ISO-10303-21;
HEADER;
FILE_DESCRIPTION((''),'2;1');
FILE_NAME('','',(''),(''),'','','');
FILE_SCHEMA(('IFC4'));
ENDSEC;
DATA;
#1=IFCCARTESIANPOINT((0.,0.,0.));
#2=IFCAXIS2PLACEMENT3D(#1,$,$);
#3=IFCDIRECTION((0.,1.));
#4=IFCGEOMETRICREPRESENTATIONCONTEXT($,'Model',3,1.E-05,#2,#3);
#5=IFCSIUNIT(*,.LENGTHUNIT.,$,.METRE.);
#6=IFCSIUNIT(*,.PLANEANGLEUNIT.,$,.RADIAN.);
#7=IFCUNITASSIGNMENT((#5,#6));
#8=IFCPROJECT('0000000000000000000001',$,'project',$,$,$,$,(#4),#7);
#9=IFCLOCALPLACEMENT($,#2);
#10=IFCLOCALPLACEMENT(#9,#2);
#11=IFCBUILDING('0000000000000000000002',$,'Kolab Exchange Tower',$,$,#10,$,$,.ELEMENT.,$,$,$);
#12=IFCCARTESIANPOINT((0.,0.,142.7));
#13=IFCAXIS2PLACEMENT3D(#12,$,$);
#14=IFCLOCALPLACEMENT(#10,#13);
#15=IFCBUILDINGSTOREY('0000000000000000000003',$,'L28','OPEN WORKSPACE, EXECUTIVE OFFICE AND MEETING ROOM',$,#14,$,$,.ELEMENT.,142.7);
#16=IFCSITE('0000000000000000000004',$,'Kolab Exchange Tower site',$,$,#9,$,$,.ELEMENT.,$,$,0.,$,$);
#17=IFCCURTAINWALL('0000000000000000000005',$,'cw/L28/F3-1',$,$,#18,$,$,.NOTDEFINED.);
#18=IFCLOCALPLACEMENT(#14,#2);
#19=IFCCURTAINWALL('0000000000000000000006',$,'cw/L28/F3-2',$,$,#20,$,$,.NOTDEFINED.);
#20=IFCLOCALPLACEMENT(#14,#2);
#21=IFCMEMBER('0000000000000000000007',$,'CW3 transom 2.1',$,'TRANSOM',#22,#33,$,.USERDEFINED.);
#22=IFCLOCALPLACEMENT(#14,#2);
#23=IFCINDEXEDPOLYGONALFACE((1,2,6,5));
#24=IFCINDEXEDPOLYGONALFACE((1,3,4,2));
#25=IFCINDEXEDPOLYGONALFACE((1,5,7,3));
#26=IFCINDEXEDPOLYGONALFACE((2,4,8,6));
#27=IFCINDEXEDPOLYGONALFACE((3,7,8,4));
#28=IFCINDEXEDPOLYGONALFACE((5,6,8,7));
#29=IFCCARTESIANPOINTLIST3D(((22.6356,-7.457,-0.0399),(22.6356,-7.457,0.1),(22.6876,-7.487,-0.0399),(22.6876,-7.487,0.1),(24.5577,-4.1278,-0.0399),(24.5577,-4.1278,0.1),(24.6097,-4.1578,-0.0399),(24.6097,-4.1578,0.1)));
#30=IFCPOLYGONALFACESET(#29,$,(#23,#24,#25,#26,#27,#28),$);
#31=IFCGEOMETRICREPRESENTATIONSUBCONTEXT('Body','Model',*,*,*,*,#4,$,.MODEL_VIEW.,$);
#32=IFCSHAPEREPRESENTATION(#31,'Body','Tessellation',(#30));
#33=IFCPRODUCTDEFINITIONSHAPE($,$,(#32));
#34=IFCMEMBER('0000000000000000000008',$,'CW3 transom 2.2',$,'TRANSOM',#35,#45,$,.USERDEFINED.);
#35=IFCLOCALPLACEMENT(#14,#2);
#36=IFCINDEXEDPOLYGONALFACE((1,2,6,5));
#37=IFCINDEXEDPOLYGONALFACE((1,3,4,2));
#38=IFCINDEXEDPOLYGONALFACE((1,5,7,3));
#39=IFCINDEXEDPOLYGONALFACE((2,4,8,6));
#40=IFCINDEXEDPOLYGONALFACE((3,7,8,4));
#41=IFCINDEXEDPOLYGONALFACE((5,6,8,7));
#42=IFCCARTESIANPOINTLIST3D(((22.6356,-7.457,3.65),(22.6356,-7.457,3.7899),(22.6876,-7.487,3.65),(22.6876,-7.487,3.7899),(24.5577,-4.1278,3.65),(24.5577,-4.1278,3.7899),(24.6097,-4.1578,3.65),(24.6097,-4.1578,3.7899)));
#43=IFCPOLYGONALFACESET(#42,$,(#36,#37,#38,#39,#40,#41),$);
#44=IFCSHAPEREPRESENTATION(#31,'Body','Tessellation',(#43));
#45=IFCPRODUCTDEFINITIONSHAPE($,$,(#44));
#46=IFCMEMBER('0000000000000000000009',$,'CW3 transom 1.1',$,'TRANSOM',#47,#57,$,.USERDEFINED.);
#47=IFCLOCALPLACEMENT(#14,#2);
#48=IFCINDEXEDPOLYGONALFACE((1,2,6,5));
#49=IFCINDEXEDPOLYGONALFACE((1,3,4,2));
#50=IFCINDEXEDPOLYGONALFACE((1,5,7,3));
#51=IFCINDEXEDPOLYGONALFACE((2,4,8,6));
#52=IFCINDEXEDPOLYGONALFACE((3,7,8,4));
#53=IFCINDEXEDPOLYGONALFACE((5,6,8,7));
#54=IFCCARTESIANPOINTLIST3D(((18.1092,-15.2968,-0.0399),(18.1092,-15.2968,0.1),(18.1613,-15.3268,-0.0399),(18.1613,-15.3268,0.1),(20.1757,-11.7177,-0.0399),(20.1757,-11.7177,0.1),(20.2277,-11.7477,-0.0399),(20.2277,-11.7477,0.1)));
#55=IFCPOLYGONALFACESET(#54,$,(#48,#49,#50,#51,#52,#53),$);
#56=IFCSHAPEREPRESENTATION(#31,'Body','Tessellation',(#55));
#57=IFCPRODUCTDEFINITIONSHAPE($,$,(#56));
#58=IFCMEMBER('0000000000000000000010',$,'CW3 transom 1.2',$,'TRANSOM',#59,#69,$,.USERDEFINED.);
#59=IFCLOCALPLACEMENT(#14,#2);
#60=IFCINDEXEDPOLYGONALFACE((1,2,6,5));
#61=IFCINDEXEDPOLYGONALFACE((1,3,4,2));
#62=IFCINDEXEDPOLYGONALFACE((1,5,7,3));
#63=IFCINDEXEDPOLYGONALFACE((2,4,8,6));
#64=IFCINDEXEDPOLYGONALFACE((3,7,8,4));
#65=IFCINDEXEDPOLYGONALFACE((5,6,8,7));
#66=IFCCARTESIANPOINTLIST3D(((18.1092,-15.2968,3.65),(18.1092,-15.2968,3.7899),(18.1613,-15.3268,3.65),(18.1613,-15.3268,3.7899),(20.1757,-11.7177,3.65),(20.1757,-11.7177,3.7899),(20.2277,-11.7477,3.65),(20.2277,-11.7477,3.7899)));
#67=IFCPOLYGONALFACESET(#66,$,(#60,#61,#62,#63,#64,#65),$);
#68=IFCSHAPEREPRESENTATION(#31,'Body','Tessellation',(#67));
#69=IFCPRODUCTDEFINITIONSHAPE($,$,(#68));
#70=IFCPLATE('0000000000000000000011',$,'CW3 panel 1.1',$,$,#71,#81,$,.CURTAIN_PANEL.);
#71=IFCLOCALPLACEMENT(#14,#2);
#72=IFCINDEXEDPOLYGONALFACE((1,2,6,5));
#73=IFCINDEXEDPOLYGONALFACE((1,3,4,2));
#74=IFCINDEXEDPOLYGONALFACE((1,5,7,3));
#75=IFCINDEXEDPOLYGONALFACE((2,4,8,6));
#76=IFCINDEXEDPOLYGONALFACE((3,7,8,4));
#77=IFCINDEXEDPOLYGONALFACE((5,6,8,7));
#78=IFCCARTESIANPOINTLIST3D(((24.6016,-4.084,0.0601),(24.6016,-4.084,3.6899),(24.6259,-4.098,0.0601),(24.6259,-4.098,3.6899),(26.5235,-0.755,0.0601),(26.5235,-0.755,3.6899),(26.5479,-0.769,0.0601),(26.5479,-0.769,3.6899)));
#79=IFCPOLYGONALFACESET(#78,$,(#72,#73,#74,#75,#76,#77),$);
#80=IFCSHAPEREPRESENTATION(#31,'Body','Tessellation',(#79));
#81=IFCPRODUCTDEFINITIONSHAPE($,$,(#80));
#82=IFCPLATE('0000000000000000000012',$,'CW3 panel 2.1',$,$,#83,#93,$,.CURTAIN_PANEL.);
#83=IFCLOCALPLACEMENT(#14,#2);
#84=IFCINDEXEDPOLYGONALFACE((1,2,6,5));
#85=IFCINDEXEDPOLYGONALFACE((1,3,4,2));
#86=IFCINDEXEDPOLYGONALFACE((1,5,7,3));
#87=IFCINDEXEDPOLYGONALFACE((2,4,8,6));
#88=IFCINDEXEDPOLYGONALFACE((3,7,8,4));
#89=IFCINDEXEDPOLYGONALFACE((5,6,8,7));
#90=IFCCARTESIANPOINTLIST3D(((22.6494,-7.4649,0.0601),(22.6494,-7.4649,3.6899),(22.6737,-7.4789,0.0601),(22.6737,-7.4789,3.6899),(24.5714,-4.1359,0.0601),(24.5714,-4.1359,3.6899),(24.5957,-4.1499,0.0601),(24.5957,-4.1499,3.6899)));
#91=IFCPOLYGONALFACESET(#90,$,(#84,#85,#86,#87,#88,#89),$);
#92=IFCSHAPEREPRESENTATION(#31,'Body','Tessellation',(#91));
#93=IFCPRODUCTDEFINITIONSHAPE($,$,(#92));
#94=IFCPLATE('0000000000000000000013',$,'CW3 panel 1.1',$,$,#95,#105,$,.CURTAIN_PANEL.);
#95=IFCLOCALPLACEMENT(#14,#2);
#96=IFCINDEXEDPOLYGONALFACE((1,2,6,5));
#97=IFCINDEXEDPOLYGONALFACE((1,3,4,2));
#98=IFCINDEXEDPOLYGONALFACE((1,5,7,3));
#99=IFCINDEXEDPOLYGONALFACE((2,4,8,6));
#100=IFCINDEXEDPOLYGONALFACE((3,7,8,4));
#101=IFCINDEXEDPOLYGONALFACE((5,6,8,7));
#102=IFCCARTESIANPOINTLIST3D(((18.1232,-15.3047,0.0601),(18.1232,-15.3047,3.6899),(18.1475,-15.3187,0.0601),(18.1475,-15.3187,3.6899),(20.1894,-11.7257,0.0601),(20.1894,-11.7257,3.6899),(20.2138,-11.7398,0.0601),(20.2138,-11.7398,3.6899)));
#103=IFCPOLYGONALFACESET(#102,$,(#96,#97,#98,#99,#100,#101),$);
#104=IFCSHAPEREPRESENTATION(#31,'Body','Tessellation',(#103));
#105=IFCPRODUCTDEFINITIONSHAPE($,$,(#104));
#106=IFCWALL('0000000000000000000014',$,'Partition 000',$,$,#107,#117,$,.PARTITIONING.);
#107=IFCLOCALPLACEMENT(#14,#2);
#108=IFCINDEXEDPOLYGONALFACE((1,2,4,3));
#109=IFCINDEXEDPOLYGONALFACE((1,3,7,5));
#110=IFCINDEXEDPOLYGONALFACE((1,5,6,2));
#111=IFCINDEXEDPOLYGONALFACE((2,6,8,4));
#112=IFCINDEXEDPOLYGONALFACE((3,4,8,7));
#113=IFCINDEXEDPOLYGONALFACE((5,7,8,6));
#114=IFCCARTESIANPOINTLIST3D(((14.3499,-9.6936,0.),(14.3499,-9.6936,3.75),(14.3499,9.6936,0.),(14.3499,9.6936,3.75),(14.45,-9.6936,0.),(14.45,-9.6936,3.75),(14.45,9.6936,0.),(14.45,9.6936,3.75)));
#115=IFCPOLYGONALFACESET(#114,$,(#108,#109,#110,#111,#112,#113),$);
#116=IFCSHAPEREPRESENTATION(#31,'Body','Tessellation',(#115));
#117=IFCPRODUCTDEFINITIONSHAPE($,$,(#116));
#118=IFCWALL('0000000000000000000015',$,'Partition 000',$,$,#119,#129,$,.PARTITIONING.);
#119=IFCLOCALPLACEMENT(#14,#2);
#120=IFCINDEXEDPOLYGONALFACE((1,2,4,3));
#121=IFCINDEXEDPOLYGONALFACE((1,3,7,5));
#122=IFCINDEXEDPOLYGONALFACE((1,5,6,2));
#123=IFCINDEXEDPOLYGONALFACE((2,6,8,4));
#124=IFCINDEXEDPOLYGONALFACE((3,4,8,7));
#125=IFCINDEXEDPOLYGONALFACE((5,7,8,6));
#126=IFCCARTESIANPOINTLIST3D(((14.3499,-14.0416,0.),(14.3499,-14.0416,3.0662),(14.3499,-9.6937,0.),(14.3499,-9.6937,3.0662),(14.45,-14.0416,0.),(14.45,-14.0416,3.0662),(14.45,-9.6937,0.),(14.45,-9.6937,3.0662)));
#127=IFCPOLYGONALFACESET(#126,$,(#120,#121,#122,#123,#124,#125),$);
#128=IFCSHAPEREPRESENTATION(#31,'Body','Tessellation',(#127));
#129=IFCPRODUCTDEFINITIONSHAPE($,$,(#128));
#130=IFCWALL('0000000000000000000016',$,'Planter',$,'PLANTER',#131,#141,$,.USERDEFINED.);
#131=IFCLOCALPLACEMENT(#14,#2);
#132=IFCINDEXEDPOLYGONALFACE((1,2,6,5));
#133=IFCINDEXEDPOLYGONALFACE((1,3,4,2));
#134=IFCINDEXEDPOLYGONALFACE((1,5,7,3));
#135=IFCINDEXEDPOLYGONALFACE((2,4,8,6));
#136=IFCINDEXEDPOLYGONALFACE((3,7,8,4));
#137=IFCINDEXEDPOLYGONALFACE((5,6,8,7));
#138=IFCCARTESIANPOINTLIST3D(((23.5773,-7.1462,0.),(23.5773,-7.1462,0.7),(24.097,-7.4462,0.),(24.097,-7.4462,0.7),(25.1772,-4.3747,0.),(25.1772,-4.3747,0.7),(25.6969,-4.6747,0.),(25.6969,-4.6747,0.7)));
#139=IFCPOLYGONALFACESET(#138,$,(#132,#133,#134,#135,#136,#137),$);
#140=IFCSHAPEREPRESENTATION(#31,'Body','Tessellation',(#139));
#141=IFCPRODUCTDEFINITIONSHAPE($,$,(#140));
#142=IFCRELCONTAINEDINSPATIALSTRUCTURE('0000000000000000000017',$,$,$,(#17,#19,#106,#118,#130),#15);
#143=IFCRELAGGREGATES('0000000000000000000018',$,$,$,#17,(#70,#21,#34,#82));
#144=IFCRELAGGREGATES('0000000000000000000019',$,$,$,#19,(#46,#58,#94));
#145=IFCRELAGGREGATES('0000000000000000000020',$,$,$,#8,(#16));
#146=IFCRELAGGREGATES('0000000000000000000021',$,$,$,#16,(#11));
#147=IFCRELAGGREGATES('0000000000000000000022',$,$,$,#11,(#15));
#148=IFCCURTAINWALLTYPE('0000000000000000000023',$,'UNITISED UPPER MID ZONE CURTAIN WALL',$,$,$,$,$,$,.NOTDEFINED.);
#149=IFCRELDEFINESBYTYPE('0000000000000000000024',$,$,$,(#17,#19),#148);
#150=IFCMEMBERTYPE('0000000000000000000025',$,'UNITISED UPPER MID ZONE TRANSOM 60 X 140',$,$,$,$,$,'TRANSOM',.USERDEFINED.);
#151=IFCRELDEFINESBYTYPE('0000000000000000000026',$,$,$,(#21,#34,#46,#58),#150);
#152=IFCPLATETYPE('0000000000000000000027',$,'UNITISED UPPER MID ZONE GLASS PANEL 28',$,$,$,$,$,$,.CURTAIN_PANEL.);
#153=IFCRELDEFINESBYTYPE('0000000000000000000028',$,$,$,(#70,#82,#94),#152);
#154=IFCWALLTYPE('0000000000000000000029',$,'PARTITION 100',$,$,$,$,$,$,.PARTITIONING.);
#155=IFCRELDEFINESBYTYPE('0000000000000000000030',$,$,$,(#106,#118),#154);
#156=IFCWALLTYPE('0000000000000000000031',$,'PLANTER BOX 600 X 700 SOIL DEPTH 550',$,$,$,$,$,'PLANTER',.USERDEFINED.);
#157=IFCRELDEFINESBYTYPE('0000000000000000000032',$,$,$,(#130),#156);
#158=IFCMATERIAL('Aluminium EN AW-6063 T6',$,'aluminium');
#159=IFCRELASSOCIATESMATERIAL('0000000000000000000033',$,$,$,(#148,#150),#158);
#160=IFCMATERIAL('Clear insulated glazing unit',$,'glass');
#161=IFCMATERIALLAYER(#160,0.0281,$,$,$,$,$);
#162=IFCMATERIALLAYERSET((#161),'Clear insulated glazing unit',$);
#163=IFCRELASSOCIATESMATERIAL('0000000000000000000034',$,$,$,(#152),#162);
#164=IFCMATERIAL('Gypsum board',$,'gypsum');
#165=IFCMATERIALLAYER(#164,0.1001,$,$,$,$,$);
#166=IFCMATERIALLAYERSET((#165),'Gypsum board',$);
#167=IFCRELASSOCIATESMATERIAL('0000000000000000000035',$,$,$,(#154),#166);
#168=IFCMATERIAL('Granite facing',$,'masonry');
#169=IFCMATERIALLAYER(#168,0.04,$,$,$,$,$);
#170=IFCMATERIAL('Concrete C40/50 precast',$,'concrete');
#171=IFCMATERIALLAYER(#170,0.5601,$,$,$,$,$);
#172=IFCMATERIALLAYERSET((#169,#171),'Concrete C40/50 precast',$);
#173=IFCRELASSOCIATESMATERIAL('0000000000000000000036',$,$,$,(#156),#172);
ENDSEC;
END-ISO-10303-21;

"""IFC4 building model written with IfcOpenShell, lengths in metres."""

from ifc_helpers import new_model, si_unit, direction, frame, frame_2d, origin, origin_2d, place, context, subcontext, project, spatial, rectangle, extrude, material, layer, layer_set, material_profile, profile_set, type_object, element, aggregate, save


model = new_model("IFC4")

# Units and contexts
model_context = context("Model", 3, precision=1e-05, world=origin(), true_north=direction((0.0, 1.0)))
body_context = subcontext(model_context, "Body", "Model", "MODEL_VIEW")
ifc_project = project(units=[si_unit("LENGTHUNIT", "METRE"), si_unit("PLANEANGLEUNIT", "RADIAN")], contexts=[model_context])

# Site, building, storey
site_placement = place(None, origin())
site = spatial("IfcSite", under=ifc_project, at=site_placement, Name="Kolab Exchange Tower site", CompositionType="ELEMENT", RefElevation=0.0)
building_placement = place(site_placement, origin())
building = spatial("IfcBuilding", under=site, at=building_placement, Name="Kolab Exchange Tower", CompositionType="ELEMENT")
storey_placement = place(building_placement, frame((0.0, 0.0, 142.7)))
storey = spatial("IfcBuildingStorey", under=building, at=storey_placement, Name="L28", Description="OPEN WORKSPACE, EXECUTIVE OFFICE AND MEETING ROOM", CompositionType="ELEMENT", Elevation=142.7)

# Curtain walls
ifc_material_1 = material(Name="Aluminium EN AW-6063 T6", Category="aluminium")
curtain_wall_type = type_object("IfcCurtainWallType", Name="UNITISED UPPER MID ZONE CURTAIN WALL", PredefinedType="NOTDEFINED", material=ifc_material_1)
curtain_wall_1_placement = place(storey_placement, origin())
curtain_wall_1 = element("IfcCurtainWall", 1, at=curtain_wall_1_placement, inside=storey, type_object=curtain_wall_type, Name="cw/L28/F3-1", PredefinedType="NOTDEFINED")
curtain_wall_2_placement = place(storey_placement, origin())
curtain_wall_2 = element("IfcCurtainWall", 2, at=curtain_wall_2_placement, inside=storey, type_object=curtain_wall_type, Name="cw/L28/F3-2", PredefinedType="NOTDEFINED")

# Members
ifc_material_profile_1 = material_profile(ifc_material_1, rectangle(XDim=0.0601, YDim=0.1399, at=origin_2d()), Name="RECT 60X140")
ifc_profile_set_1 = profile_set([ifc_material_profile_1], Name="Aluminium EN AW-6063 T6")
member_type_1 = type_object("IfcMemberType", Name="UNITISED UPPER MID ZONE TRANSOM 60 X 140", ElementType="TRANSOM", PredefinedType="USERDEFINED", material=ifc_profile_set_1)
member_1_placement = place(storey_placement, frame((24.5837, -4.1428, 0.03), z_axis=(-0.500012, -0.866018, 0.0), x_axis=(0.866018, -0.500012, 0.0)))
member_1 = element("IfcMember", 3, at=member_1_placement, type_object=member_type_1, Name="CW3 transom 2.1", ObjectType="TRANSOM", PredefinedType="USERDEFINED", context=body_context, shape_type="SweptSolid", body=[
    extrude(rectangle(XDim=0.0601, YDim=0.1399, at=origin_2d()), origin(), (0.0, 0.0, 1.0), 3.8442),
])
member_2_placement = place(storey_placement, frame((24.5837, -4.1428, 3.72), z_axis=(-0.500012, -0.866018, 0.0), x_axis=(0.866018, -0.500012, 0.0)))
member_2 = element("IfcMember", 4, at=member_2_placement, type_object=member_type_1, Name="CW3 transom 2.2", ObjectType="TRANSOM", PredefinedType="USERDEFINED", context=body_context, shape_type="SweptSolid", body=[
    extrude(rectangle(XDim=0.0601, YDim=0.1399, at=origin_2d()), origin(), (0.0, 0.0, 1.0), 3.8442),
])
member_3_placement = place(storey_placement, frame((20.2017, -11.7327, 0.03), z_axis=(-0.500002, -0.866024, 0.0), x_axis=(0.866024, -0.500002, 0.0)))
member_3 = element("IfcMember", 5, at=member_3_placement, type_object=member_type_1, Name="CW3 transom 1.1", ObjectType="TRANSOM", PredefinedType="USERDEFINED", context=body_context, shape_type="SweptSolid", body=[
    extrude(rectangle(XDim=0.0601, YDim=0.1399, at=origin_2d()), origin(), (0.0, 0.0, 1.0), 4.1328),
])
member_4_placement = place(storey_placement, frame((20.2017, -11.7327, 3.72), z_axis=(-0.500002, -0.866024, 0.0), x_axis=(0.866024, -0.500002, 0.0)))
member_4 = element("IfcMember", 6, at=member_4_placement, type_object=member_type_1, Name="CW3 transom 1.2", ObjectType="TRANSOM", PredefinedType="USERDEFINED", context=body_context, shape_type="SweptSolid", body=[
    extrude(rectangle(XDim=0.0601, YDim=0.1399, at=origin_2d()), origin(), (0.0, 0.0, 1.0), 4.1328),
])

# Plates
ifc_material_2 = material(Name="Clear insulated glazing unit", Category="glass")
ifc_layer_1 = layer(ifc_material_2, 0.0281)
ifc_layer_set_1 = layer_set([ifc_layer_1], Name="Clear insulated glazing unit")
plate_type = type_object("IfcPlateType", Name="UNITISED UPPER MID ZONE GLASS PANEL 28", PredefinedType="CURTAIN_PANEL", material=ifc_layer_set_1)
plate_1_placement = place(storey_placement, frame((25.5747, -2.4265, 0.0601), z_axis=(0.0, 0.0, 1.0), x_axis=(-0.5, -0.866025, 0.0)))
plate_1 = element("IfcPlate", 7, at=plate_1_placement, type_object=plate_type, Name="CW3 panel 1.1", PredefinedType="CURTAIN_PANEL", context=body_context, shape_type="SweptSolid", body=[
    extrude(rectangle(XDim=3.844, YDim=0.0281, at=origin_2d()), origin(), (0.0, 0.0, 1.0), 3.6299),
])
plate_2_placement = place(storey_placement, frame((23.6226, -5.8074, 0.0601), z_axis=(0.0, 0.0, 1.0), x_axis=(-0.5, -0.866025, 0.0)))
plate_2 = element("IfcPlate", 8, at=plate_2_placement, type_object=plate_type, Name="CW3 panel 2.1", PredefinedType="CURTAIN_PANEL", context=body_context, shape_type="SweptSolid", body=[
    extrude(rectangle(XDim=3.844, YDim=0.0281, at=origin_2d()), origin(), (0.0, 0.0, 1.0), 3.6299),
])
aggregate(curtain_wall_1, [plate_1, member_1, member_2, plate_2])
plate_3_placement = place(storey_placement, frame((19.1685, -13.5222, 0.0601), z_axis=(0.0, 0.0, 1.0), x_axis=(-0.5, -0.866025, 0.0)))
plate_3 = element("IfcPlate", 9, at=plate_3_placement, type_object=plate_type, Name="CW3 panel 1.1", PredefinedType="CURTAIN_PANEL", context=body_context, shape_type="SweptSolid", body=[
    extrude(rectangle(XDim=4.1326, YDim=0.0281, at=origin_2d()), origin(), (0.0, 0.0, 1.0), 3.6299),
])
aggregate(curtain_wall_2, [member_3, member_4, plate_3])

# Walls
ifc_material_3 = material(Name="Gypsum board", Category="gypsum")
ifc_layer_2 = layer(ifc_material_3, 0.1001)
ifc_layer_set_2 = layer_set([ifc_layer_2], Name="Gypsum board")
wall_type_1 = type_object("IfcWallType", Name="PARTITION 100", PredefinedType="PARTITIONING", material=ifc_layer_set_2)
wall_1_placement = place(storey_placement, frame((14.3999, -9.6936, 0.0), z_axis=(0.0, 0.0, 1.0), x_axis=(0.0, 1.0, 0.0)))
element("IfcWall", 10, at=wall_1_placement, inside=storey, type_object=wall_type_1, Name="Partition 000", PredefinedType="PARTITIONING", context=body_context, shape_type="SweptSolid", body=[
    extrude(rectangle(XDim=19.3872, YDim=0.1001, at=frame_2d((9.6936, 0.0))), origin(), (0.0, 0.0, 1.0), 3.75),
])
wall_2_placement = place(storey_placement, frame((14.3999, -14.0415, 0.0), z_axis=(0.0, 0.0, 1.0), x_axis=(0.0, 1.0, 0.0)))
element("IfcWall", 11, at=wall_2_placement, inside=storey, type_object=wall_type_1, Name="Partition 000", PredefinedType="PARTITIONING", context=body_context, shape_type="SweptSolid", body=[
    extrude(rectangle(XDim=4.3479, YDim=0.1001, at=frame_2d((2.1738, 0.0))), origin(), (0.0, 0.0, 1.0), 3.0662),
])
ifc_material_4 = material(Name="Granite facing", Category="masonry")
ifc_layer_3 = layer(ifc_material_4, 0.04)
ifc_material_5 = material(Name="Concrete C40/50 precast", Category="concrete")
ifc_layer_4 = layer(ifc_material_5, 0.5601)
ifc_layer_set_3 = layer_set([ifc_layer_3, ifc_layer_4], Name="Concrete C40/50 precast")
wall_type_2 = type_object("IfcWallType", Name="PLANTER BOX 600 X 700 SOIL DEPTH 550", ElementType="PLANTER", PredefinedType="USERDEFINED", material=ifc_layer_set_3)
wall_3_placement = place(storey_placement, frame((25.437, -4.5247, 0.0), z_axis=(0.0, 0.0, 1.0), x_axis=(-0.499938, -0.866061, 0.0)))
element("IfcWall", 12, at=wall_3_placement, inside=storey, type_object=wall_type_2, Name="Planter", ObjectType="PLANTER", PredefinedType="USERDEFINED", context=body_context, shape_type="SweptSolid", body=[
    extrude(rectangle(XDim=3.2002, YDim=0.6001, at=frame_2d((1.6001, 0.0))), origin(), (0.0, 0.0, 1.0), 0.7),
])

save(model, "model.ifc")
